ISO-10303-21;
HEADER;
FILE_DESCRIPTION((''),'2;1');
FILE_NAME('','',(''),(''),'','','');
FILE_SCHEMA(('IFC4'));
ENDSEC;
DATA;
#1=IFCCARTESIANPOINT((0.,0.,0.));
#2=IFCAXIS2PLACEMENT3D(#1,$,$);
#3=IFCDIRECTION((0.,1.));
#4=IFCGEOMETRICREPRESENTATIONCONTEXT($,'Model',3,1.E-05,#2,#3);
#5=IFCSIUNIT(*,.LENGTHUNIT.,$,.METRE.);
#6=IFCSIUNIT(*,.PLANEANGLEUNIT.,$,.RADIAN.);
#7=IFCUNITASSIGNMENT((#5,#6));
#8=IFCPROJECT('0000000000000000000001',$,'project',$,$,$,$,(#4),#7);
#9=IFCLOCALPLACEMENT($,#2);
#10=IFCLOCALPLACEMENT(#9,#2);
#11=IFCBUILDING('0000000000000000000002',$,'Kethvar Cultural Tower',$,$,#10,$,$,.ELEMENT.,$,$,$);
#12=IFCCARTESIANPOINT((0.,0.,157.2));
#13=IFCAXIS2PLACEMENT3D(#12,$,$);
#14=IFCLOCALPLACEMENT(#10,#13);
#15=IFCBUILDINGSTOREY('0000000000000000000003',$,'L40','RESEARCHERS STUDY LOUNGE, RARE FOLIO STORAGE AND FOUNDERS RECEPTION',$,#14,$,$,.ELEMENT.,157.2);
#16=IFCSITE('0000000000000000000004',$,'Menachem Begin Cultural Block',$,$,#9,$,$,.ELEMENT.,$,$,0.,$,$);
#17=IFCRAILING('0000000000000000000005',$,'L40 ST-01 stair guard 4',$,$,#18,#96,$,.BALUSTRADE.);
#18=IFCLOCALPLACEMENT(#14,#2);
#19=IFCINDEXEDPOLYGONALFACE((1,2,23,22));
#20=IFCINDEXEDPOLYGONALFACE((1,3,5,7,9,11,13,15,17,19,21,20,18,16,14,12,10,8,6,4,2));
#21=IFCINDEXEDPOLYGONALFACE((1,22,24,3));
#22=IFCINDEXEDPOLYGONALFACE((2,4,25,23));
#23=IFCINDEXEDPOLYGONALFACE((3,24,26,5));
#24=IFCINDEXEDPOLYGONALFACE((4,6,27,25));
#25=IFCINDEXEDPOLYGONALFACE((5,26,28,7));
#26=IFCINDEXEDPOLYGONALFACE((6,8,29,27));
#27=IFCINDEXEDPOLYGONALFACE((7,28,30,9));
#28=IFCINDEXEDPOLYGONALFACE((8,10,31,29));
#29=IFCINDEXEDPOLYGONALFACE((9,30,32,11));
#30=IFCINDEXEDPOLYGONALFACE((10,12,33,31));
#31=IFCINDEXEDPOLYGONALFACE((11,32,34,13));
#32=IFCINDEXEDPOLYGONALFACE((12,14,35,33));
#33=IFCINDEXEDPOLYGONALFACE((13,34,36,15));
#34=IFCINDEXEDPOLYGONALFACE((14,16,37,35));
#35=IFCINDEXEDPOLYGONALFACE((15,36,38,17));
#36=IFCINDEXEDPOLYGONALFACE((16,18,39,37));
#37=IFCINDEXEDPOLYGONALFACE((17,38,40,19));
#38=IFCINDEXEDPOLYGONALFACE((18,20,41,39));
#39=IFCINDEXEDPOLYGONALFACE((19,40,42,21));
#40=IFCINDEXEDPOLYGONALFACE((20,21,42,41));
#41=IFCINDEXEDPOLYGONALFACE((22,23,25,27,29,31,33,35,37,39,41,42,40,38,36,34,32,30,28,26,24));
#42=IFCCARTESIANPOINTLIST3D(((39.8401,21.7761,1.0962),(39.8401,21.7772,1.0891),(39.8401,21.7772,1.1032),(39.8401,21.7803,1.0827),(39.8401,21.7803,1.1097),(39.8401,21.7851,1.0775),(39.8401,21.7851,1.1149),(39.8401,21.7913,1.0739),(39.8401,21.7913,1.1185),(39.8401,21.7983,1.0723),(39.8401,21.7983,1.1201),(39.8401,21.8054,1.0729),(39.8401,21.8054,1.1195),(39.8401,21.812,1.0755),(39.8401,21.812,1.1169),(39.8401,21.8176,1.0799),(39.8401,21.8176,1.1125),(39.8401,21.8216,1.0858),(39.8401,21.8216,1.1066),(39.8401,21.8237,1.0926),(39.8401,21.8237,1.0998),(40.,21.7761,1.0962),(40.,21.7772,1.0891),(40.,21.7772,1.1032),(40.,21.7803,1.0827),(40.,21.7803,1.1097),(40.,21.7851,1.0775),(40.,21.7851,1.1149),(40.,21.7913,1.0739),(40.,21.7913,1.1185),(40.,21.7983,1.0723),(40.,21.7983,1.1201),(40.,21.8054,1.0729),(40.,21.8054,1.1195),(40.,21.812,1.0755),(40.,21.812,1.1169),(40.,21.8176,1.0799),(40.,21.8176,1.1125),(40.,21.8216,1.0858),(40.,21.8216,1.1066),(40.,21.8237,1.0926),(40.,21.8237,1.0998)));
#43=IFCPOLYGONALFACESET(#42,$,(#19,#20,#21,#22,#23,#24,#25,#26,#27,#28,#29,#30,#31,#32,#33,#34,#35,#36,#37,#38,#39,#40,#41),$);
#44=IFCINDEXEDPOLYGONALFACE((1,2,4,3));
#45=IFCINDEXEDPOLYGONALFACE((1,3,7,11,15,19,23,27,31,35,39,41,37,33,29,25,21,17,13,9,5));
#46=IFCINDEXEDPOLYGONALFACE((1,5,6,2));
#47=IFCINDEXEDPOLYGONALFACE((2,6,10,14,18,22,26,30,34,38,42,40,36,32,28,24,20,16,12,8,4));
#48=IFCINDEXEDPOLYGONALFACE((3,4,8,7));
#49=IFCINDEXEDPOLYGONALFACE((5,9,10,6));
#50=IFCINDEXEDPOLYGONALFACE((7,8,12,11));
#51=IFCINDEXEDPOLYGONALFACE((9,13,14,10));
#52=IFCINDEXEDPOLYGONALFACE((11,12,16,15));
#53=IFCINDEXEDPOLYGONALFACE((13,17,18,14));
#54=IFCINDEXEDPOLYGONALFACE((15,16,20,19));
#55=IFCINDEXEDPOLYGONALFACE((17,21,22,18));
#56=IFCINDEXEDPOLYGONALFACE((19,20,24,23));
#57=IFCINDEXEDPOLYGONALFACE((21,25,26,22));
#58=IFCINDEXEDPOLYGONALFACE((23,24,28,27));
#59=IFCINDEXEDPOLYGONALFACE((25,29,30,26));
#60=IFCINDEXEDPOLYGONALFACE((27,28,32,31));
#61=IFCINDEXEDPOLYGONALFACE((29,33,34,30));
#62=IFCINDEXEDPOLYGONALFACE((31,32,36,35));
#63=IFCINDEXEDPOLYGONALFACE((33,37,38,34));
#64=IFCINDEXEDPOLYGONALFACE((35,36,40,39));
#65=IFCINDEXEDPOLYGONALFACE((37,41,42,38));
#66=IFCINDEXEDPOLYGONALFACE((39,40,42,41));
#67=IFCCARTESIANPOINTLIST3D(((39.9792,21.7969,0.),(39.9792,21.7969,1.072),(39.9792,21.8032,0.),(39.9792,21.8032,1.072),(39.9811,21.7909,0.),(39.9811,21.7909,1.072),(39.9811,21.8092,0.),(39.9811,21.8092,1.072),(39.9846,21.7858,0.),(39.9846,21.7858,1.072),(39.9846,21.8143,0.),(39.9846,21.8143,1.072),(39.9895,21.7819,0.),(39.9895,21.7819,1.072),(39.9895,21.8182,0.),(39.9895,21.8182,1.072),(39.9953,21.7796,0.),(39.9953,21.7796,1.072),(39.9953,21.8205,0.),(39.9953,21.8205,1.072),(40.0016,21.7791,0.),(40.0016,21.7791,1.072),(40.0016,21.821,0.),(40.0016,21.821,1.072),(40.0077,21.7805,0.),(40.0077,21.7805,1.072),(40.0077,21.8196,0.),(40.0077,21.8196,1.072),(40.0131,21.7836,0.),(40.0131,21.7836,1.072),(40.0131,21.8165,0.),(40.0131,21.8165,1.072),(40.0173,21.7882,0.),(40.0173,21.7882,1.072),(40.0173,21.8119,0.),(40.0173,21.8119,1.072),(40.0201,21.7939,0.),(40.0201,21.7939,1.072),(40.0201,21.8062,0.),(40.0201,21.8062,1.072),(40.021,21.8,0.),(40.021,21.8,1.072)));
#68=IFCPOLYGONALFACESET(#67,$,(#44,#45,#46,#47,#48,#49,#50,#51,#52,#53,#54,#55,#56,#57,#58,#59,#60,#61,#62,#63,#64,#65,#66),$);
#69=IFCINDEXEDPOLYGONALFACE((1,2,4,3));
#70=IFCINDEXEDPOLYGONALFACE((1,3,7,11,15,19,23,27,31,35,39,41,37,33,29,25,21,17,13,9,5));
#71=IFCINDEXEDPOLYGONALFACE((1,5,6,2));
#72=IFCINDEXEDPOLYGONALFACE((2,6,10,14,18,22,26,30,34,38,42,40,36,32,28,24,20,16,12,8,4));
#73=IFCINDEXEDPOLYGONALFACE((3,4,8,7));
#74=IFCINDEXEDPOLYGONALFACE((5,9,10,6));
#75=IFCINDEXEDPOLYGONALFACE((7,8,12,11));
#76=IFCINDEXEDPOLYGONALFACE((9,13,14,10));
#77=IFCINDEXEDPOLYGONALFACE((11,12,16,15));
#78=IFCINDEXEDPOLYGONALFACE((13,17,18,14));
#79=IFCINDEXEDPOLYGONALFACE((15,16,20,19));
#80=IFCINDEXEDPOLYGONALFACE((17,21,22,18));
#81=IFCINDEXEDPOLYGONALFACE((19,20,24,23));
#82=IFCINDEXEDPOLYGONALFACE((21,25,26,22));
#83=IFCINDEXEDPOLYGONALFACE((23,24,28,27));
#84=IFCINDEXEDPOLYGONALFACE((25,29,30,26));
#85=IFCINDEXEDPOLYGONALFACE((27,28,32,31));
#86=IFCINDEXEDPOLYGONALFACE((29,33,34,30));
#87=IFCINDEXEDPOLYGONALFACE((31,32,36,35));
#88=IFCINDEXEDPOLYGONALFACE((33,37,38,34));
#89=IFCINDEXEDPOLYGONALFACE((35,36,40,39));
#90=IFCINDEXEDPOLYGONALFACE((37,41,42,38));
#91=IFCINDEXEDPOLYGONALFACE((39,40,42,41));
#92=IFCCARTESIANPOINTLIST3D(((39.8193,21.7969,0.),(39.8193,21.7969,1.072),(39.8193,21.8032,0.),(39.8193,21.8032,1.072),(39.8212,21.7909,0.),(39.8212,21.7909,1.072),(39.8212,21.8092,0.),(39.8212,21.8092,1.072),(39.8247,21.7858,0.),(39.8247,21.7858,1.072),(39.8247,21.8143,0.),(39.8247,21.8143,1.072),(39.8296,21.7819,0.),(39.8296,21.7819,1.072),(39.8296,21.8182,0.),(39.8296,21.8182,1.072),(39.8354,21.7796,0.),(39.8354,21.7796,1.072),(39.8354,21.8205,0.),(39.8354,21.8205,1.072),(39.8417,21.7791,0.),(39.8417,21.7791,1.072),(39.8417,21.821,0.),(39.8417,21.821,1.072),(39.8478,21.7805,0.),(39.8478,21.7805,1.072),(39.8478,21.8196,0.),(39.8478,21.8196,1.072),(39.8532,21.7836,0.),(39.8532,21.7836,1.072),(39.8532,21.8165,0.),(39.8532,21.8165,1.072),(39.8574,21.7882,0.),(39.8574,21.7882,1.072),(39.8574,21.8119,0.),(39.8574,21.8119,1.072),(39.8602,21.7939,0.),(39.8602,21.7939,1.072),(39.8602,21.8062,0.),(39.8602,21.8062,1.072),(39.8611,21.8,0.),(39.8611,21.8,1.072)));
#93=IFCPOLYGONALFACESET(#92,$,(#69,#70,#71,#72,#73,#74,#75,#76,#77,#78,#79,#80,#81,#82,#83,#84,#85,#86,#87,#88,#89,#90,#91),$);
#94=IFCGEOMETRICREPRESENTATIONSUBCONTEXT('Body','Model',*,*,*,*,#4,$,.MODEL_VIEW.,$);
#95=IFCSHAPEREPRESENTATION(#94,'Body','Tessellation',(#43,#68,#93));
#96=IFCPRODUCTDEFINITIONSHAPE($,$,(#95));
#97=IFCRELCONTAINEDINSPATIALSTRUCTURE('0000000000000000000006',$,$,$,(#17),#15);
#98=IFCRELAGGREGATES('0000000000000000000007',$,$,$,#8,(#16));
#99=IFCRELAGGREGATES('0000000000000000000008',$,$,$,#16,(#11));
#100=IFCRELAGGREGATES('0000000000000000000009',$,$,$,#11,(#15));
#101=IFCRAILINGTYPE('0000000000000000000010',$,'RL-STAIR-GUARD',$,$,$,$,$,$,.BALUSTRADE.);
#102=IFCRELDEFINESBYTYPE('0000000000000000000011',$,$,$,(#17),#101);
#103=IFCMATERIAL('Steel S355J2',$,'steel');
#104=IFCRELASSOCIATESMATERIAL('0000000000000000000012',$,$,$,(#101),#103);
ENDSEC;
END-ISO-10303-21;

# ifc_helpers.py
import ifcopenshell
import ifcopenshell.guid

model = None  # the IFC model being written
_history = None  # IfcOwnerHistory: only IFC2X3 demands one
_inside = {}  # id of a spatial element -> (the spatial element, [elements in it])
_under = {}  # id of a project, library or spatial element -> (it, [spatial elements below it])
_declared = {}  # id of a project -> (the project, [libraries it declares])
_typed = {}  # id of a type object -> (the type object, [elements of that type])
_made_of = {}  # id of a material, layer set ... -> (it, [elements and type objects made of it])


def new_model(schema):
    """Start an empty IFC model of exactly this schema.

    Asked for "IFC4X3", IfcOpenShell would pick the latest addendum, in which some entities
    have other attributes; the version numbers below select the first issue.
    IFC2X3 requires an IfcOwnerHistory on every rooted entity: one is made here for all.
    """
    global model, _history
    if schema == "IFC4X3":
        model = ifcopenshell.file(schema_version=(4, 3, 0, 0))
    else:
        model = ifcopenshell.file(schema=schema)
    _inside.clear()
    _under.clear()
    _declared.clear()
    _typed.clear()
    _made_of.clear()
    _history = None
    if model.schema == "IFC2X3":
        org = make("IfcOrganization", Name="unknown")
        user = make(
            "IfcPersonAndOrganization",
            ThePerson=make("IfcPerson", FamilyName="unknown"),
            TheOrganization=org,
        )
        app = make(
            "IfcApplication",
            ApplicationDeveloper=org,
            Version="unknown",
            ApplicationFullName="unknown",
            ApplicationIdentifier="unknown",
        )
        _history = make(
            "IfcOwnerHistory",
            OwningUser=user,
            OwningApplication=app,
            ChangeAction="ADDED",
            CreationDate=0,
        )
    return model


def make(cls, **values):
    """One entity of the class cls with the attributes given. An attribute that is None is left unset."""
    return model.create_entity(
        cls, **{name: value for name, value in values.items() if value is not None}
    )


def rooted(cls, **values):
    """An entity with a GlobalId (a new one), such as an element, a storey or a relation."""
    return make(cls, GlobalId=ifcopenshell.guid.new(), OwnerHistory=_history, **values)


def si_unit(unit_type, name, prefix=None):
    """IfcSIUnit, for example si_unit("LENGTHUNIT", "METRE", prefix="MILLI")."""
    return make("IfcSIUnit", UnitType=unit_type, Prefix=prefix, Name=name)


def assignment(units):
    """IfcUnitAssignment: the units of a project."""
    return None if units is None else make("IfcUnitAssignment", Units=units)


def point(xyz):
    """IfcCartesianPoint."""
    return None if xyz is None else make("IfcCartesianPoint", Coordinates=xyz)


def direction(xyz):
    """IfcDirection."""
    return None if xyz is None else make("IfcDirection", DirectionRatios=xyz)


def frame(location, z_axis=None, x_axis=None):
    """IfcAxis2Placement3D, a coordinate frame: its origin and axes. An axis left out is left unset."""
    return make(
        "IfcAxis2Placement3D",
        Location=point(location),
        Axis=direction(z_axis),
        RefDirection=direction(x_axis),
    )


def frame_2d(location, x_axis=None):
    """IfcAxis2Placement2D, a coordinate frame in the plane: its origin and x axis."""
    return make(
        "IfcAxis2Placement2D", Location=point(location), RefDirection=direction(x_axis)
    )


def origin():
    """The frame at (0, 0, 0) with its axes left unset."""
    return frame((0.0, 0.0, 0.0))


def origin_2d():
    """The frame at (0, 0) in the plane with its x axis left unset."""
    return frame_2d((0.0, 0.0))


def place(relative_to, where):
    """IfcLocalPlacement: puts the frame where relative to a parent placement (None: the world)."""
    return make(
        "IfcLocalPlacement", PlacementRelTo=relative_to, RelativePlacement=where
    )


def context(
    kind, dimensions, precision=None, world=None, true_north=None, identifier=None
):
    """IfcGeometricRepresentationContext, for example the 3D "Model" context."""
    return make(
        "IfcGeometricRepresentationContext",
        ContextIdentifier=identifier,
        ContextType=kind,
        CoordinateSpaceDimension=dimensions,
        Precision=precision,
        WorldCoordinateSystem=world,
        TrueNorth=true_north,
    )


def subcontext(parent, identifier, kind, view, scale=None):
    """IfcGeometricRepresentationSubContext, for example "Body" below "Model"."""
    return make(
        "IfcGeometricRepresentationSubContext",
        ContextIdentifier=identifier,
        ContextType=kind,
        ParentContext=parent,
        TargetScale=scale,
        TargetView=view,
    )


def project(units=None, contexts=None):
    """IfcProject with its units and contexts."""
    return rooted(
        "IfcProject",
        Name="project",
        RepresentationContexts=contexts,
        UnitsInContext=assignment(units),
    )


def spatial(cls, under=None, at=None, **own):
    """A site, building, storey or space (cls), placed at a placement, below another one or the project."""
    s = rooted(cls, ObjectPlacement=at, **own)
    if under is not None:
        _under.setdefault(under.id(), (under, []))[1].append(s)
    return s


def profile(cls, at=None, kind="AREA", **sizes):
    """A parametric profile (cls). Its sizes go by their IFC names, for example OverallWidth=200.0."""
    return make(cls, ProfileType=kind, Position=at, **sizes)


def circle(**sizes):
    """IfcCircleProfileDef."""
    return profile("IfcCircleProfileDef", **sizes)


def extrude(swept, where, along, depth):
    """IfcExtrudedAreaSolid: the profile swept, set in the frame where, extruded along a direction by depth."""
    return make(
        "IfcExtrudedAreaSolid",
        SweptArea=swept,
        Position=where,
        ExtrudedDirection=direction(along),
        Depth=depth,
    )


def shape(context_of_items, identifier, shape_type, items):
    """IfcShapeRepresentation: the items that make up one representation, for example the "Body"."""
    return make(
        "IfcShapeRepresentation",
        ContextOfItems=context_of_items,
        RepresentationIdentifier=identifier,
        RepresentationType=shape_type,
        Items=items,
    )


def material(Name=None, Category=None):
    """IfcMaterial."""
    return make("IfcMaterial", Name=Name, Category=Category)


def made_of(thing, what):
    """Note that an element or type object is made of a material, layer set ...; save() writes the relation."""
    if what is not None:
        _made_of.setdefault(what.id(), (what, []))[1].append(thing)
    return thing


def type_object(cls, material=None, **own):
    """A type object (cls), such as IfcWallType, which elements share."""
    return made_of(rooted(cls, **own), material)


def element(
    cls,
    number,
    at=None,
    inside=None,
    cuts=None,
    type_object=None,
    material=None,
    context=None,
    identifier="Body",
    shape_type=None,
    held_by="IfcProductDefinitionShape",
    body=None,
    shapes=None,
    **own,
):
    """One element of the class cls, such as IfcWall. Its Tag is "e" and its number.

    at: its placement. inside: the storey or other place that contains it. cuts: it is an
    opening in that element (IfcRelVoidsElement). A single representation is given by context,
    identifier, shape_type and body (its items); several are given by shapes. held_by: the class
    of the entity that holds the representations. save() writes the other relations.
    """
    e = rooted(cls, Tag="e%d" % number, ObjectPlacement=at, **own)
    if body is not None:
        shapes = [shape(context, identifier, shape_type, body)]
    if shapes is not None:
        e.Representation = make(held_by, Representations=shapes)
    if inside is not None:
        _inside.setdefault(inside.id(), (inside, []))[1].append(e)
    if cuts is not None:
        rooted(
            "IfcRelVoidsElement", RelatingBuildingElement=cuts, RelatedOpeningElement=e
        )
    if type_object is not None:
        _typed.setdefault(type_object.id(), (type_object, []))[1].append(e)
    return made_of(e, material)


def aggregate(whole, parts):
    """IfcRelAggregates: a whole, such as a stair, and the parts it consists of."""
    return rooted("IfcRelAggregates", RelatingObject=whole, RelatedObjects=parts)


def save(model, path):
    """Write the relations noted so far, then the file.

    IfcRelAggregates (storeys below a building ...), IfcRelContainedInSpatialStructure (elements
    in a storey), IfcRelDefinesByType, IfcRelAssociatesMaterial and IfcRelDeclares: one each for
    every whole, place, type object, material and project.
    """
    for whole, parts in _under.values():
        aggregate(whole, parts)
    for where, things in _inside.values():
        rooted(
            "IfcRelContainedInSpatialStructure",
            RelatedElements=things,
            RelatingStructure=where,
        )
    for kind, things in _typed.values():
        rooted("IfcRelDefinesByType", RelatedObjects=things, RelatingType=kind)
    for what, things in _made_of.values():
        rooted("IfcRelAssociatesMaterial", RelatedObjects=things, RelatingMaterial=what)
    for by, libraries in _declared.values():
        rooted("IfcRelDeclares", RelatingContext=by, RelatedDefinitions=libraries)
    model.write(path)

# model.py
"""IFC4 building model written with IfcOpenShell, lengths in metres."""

from ifc_helpers import new_model, si_unit, direction, frame, origin, origin_2d, place, context, subcontext, project, spatial, circle, extrude, material, type_object, element, save


model = new_model("IFC4")

# Units and contexts
model_context = context("Model", 3, precision=1e-05, world=origin(), true_north=direction((0.0, 1.0)))
body_context = subcontext(model_context, "Body", "Model", "MODEL_VIEW")
ifc_project = project(units=[si_unit("LENGTHUNIT", "METRE"), si_unit("PLANEANGLEUNIT", "RADIAN")], contexts=[model_context])

# Site, building, storey
site_placement = place(None, origin())
site = spatial("IfcSite", under=ifc_project, at=site_placement, Name="Menachem Begin Cultural Block", CompositionType="ELEMENT", RefElevation=0.0)
building_placement = place(site_placement, origin())
building = spatial("IfcBuilding", under=site, at=building_placement, Name="Kethvar Cultural Tower", CompositionType="ELEMENT")
storey_placement = place(building_placement, frame((0.0, 0.0, 157.2)))
storey = spatial("IfcBuildingStorey", under=building, at=storey_placement, Name="L40", Description="RESEARCHERS STUDY LOUNGE, RARE FOLIO STORAGE AND FOUNDERS RECEPTION", CompositionType="ELEMENT", Elevation=157.2)

# Shared definitions
ifc_material_1 = material(Name="Steel S355J2", Category="steel")

# Railing
railing_type_1 = type_object("IfcRailingType", Name="RL-STAIR-GUARD", PredefinedType="BALUSTRADE", material=ifc_material_1)
railing_1_placement = place(storey_placement, frame((40.0, 21.8, 0.0)))
element("IfcRailing", 1, at=railing_1_placement, inside=storey, type_object=railing_type_1, Name="L40 ST-01 stair guard 4", PredefinedType="BALUSTRADE", context=body_context, shape_type="SweptSolid", body=[
    extrude(circle(Radius=0.0239, at=origin_2d()), frame((0.0, 0.0, 1.0962), z_axis=(-1.0, 0.0, 0.0), x_axis=(0.0, -1.0, 0.0)), (0.0, 0.0, 1.0), 0.1599),
    extrude(circle(Radius=0.021, at=origin_2d()), origin(), (0.0, 0.0, 1.0), 1.072),
    extrude(circle(Radius=0.021, at=origin_2d()), frame((-0.1599, 0.0, 0.0)), (0.0, 0.0, 1.0), 1.072),
])

save(model, "model.ifc")
